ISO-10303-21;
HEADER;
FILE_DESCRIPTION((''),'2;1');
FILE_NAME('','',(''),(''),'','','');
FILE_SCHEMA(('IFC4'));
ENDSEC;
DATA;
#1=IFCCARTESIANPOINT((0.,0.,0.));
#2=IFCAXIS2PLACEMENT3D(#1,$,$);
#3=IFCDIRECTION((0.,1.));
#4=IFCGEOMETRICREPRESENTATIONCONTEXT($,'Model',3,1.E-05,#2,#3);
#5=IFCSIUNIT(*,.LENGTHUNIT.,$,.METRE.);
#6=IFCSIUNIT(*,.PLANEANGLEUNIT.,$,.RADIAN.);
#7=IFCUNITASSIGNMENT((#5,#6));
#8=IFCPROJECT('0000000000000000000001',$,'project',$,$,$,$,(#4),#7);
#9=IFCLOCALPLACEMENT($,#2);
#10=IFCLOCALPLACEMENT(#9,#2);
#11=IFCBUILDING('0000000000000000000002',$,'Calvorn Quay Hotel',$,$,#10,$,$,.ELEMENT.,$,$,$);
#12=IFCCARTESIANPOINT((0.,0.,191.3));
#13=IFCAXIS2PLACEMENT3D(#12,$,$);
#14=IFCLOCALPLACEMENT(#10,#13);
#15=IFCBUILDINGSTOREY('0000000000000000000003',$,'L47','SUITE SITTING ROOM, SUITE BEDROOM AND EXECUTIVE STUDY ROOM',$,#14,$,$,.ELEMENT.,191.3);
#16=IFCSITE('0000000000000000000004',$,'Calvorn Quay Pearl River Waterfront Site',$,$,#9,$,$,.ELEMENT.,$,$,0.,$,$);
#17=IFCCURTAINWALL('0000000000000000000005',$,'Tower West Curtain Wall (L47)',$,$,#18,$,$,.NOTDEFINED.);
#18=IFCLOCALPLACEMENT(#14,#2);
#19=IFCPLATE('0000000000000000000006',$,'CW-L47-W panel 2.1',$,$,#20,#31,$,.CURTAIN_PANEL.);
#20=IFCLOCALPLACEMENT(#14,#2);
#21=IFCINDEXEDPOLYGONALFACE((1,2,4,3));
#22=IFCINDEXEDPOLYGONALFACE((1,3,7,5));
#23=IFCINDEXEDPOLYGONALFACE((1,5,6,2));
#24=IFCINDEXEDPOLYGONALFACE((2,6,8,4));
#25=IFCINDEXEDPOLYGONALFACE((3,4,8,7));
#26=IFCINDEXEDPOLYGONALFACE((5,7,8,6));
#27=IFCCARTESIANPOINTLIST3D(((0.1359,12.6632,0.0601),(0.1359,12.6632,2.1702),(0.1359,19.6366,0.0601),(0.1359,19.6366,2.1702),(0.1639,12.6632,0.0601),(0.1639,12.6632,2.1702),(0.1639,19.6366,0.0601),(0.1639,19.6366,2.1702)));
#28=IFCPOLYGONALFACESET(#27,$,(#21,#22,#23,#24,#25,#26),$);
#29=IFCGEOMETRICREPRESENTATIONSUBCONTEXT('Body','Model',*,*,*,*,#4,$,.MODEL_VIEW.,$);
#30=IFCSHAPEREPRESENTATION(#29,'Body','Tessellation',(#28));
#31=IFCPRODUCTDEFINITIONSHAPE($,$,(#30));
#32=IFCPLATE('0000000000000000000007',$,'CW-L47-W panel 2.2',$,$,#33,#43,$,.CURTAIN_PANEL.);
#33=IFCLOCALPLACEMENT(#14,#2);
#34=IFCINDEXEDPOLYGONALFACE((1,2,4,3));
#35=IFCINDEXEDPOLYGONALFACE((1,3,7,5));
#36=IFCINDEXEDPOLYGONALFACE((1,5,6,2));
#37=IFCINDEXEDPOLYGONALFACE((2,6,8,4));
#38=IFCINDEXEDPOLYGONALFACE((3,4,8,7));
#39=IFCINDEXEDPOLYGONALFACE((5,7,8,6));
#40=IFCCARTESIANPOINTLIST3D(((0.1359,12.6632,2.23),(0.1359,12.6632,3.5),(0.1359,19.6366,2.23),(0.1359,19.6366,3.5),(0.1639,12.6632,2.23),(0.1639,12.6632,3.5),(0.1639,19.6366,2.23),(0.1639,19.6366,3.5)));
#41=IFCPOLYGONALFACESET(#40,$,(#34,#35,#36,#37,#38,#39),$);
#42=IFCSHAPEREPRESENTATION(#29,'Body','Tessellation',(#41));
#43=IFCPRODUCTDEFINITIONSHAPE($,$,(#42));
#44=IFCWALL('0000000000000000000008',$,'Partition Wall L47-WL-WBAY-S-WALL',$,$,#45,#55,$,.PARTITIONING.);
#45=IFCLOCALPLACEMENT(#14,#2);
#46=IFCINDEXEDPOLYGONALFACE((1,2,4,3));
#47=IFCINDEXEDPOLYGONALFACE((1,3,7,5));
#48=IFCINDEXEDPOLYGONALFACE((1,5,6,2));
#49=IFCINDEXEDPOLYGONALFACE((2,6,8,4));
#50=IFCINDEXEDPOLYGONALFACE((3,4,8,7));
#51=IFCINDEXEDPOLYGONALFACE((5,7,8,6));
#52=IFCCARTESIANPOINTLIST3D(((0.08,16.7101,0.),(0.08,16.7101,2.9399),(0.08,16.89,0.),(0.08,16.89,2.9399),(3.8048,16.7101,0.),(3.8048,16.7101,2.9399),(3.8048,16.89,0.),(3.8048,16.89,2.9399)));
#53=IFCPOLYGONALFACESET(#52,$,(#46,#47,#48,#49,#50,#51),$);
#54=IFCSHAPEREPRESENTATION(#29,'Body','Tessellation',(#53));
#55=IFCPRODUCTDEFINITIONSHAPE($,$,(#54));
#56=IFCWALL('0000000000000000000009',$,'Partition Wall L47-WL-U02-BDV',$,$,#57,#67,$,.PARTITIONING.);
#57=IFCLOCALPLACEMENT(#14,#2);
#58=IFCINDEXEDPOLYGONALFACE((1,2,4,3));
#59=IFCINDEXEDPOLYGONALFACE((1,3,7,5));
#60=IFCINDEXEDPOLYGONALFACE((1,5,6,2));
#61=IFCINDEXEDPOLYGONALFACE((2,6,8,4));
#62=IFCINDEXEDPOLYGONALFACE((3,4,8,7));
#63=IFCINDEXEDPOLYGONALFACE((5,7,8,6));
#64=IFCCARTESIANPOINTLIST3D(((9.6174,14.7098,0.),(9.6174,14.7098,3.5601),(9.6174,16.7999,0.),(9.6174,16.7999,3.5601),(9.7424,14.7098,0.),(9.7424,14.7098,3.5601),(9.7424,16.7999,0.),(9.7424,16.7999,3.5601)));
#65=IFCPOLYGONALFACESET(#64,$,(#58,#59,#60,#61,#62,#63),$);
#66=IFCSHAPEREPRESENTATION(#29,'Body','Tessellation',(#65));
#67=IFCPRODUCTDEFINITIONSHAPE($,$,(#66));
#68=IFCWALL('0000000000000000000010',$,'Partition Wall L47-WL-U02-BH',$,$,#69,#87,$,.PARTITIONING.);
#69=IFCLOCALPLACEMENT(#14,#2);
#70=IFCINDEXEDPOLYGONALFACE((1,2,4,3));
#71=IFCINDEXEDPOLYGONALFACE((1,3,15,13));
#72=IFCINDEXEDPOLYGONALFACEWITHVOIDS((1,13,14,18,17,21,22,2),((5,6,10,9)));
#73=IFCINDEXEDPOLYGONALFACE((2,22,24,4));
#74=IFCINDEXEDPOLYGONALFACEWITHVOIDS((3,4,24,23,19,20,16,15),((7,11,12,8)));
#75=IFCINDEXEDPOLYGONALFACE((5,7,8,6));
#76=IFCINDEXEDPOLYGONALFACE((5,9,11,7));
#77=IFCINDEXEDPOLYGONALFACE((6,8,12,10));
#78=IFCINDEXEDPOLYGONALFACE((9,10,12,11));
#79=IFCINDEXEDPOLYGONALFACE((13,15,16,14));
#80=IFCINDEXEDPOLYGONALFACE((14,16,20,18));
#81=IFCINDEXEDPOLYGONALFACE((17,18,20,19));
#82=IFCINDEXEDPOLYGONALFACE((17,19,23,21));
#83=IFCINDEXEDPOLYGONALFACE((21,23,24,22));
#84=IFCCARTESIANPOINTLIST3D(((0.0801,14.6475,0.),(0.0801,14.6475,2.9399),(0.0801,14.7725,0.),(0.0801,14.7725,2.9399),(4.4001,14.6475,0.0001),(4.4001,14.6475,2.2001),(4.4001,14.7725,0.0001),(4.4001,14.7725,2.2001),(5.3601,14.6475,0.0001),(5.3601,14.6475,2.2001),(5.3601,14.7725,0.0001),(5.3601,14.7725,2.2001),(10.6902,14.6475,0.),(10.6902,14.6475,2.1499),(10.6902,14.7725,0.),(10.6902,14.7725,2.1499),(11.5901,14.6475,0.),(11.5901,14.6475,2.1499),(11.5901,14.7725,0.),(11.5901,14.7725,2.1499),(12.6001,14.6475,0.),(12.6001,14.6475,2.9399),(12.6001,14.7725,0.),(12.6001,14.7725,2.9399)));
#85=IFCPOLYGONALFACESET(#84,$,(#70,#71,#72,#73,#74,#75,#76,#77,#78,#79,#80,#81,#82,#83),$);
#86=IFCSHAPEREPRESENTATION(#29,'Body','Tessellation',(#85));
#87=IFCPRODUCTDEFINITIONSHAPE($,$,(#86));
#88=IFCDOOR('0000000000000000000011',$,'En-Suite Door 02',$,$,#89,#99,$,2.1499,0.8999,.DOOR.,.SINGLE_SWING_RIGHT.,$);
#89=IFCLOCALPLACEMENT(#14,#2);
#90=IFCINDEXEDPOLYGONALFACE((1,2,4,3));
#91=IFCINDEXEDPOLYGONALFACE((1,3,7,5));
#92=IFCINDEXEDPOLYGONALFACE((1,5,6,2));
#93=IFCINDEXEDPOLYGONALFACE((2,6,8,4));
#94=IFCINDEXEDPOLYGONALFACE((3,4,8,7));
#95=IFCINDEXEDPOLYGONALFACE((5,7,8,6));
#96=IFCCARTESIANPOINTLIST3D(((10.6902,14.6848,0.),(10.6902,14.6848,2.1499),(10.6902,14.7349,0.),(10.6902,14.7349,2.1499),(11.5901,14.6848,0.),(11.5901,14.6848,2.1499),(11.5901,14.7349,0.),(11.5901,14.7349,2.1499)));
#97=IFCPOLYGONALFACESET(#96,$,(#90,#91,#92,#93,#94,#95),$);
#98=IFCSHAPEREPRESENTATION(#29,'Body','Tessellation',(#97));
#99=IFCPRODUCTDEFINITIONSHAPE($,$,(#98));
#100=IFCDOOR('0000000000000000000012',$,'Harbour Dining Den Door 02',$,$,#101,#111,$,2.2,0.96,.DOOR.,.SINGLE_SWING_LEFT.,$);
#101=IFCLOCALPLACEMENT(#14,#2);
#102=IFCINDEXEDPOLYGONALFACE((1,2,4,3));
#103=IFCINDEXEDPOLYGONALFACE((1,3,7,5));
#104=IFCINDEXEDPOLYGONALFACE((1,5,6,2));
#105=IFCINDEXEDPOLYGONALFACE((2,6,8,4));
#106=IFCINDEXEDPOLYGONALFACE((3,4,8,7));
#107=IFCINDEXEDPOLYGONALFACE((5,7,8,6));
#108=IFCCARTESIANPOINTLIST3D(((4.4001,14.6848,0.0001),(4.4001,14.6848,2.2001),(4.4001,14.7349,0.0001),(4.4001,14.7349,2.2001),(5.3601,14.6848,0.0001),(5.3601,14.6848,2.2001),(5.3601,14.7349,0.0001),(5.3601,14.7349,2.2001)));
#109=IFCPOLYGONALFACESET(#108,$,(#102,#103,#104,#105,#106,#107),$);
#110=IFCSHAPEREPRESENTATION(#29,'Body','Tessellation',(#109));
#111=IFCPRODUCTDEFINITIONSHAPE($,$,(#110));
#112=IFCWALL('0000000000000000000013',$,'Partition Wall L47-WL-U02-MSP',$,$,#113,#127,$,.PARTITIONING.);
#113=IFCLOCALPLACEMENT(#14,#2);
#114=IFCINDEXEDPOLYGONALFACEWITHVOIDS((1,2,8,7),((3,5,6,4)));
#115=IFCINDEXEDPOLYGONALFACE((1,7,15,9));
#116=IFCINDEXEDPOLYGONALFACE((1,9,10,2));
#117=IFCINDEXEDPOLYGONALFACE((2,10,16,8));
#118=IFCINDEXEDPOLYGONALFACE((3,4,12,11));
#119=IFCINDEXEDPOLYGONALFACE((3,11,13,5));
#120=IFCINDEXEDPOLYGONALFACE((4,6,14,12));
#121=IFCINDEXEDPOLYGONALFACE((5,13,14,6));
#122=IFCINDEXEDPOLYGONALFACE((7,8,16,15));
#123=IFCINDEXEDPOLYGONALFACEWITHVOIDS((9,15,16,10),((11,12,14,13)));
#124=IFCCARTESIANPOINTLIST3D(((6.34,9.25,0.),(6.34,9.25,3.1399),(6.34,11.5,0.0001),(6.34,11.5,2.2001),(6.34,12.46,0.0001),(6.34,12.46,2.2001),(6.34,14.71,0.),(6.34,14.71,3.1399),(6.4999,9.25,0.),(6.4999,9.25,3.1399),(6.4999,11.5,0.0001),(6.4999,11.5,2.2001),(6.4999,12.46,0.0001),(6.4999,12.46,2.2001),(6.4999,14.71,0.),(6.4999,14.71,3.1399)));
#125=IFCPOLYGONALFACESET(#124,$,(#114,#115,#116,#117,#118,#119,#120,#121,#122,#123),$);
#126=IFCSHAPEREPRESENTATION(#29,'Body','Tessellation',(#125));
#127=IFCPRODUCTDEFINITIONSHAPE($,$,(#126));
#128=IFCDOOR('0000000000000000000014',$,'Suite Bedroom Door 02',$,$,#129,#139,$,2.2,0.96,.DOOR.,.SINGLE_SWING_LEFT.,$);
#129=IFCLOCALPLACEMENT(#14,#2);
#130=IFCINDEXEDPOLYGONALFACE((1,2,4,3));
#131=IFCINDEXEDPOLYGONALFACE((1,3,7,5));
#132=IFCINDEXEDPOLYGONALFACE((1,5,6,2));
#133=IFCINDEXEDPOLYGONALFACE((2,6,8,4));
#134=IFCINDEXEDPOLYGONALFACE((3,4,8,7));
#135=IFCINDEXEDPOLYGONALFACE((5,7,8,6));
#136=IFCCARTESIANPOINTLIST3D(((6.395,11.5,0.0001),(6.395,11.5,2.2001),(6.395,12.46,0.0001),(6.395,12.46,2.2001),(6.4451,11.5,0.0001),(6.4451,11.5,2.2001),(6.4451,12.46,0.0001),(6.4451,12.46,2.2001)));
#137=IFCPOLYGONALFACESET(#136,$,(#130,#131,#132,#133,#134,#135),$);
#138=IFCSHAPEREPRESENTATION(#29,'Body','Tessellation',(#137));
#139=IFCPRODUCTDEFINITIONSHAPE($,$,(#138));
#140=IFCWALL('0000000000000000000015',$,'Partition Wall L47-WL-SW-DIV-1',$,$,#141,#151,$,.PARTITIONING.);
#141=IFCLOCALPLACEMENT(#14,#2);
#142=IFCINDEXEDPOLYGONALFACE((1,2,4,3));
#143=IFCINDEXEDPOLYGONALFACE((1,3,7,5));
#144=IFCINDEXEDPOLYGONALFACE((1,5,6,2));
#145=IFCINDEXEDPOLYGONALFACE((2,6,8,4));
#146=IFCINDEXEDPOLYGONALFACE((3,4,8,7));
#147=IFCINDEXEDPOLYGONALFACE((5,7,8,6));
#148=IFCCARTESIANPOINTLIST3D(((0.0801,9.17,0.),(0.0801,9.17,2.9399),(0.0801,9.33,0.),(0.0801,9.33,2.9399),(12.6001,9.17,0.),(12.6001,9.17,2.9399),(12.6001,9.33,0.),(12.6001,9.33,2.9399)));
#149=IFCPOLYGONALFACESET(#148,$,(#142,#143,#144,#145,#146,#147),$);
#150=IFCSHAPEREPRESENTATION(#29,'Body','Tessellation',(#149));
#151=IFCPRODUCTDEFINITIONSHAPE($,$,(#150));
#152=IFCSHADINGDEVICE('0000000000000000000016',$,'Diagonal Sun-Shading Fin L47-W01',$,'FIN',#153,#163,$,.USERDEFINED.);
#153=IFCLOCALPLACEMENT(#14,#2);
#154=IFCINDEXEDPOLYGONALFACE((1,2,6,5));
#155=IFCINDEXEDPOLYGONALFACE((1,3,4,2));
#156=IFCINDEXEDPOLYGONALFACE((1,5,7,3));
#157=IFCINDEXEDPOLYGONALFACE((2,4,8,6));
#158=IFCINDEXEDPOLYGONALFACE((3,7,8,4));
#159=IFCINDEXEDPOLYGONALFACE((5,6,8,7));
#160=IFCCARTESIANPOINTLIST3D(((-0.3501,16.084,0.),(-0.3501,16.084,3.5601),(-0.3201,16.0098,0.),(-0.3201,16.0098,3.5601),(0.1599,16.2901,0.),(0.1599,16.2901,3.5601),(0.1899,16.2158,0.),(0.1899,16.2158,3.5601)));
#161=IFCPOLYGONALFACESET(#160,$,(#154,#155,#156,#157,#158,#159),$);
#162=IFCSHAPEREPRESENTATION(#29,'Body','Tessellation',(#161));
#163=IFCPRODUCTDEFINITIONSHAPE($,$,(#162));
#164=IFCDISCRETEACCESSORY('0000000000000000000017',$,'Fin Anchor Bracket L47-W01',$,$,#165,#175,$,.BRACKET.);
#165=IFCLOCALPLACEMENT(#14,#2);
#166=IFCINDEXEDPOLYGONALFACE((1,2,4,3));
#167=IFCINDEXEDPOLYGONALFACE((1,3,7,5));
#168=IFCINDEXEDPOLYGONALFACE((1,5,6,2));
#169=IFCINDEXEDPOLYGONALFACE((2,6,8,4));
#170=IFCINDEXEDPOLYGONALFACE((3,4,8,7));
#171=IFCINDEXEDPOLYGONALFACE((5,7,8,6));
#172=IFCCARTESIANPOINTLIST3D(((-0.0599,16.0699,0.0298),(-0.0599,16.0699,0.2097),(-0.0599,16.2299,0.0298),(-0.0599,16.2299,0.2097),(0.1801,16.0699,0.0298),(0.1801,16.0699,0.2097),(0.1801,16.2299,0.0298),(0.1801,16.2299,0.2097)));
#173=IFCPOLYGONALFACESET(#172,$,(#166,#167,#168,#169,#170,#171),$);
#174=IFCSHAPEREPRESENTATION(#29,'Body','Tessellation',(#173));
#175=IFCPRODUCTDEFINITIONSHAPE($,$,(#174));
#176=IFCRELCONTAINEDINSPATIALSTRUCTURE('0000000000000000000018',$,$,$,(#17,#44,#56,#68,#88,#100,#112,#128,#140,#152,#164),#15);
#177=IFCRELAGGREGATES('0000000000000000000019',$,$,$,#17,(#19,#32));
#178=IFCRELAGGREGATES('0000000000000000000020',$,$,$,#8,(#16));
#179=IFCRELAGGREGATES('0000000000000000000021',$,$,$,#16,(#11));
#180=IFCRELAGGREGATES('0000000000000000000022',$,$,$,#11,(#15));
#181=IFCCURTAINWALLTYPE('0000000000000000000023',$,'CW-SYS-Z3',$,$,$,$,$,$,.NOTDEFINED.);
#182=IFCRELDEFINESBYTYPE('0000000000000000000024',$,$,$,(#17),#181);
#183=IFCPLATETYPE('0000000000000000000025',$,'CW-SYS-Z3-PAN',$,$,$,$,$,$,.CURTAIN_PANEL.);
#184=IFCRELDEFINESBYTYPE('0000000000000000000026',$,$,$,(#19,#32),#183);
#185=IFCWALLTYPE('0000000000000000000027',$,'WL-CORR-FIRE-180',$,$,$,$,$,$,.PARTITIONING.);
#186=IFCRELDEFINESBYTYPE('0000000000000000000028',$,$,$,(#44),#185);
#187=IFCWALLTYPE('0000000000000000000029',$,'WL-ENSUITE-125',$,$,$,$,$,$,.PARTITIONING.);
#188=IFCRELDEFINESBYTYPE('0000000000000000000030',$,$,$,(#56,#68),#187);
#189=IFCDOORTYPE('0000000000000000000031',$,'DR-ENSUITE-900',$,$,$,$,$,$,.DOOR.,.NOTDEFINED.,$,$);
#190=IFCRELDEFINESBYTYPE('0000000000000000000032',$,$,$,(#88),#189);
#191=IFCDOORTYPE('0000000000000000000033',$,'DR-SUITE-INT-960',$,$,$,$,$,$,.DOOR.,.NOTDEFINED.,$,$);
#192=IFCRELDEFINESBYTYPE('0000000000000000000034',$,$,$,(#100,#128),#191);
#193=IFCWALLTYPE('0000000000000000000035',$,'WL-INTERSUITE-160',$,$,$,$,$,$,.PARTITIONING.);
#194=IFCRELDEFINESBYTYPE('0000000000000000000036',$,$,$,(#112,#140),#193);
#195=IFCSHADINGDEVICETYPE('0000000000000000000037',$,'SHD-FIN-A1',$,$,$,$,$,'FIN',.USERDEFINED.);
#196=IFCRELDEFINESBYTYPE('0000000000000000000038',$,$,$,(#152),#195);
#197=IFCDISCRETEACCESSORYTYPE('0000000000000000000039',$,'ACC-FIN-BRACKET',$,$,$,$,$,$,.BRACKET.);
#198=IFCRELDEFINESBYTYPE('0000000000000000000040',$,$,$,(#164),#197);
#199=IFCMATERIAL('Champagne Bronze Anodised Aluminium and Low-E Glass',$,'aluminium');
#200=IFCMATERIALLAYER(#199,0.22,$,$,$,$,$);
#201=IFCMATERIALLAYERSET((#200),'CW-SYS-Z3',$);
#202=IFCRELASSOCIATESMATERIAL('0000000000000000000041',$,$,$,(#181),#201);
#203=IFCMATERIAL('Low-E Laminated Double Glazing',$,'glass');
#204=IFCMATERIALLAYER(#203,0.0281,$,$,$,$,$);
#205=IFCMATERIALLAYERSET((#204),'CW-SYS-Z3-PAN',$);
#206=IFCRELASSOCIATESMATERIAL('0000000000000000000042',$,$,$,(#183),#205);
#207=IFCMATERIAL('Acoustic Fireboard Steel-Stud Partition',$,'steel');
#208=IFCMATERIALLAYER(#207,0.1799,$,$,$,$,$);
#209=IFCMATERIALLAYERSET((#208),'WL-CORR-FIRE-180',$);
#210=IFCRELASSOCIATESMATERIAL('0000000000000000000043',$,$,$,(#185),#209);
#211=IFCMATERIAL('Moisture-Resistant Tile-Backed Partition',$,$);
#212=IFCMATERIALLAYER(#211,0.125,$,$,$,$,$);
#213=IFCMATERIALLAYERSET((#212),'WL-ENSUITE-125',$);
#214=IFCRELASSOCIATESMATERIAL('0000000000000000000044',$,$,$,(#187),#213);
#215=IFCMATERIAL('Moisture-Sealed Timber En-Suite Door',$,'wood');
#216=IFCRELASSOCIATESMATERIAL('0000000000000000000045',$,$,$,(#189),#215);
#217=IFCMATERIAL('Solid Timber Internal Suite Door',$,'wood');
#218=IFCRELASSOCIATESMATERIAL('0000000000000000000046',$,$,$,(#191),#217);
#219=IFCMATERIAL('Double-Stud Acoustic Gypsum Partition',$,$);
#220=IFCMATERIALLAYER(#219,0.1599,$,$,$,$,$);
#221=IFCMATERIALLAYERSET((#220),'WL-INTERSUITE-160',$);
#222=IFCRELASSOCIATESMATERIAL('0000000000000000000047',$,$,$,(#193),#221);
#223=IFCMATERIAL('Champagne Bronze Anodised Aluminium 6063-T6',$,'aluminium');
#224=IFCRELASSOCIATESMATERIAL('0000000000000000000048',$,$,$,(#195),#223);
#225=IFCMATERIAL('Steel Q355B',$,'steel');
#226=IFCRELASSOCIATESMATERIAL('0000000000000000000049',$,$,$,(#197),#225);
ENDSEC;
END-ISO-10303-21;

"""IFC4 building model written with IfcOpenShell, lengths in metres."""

from ifc_helpers import new_model, si_unit, direction, frame, frame_2d, origin, origin_2d, place, context, subcontext, project, spatial, rectangle, extrude, material, layer, layer_set, type_object, element, fill, aggregate, save


model = new_model("IFC4")

# Units and contexts
model_context = context("Model", 3, precision=1e-05, world=origin(), true_north=direction((0.0, 1.0)))
body_context = subcontext(model_context, "Body", "Model", "MODEL_VIEW")
ifc_project = project(units=[si_unit("LENGTHUNIT", "METRE"), si_unit("PLANEANGLEUNIT", "RADIAN")], contexts=[model_context])

# Site, building, storey
site_placement = place(None, origin())
site = spatial("IfcSite", under=ifc_project, at=site_placement, Name="Calvorn Quay Pearl River Waterfront Site", CompositionType="ELEMENT", RefElevation=0.0)
building_placement = place(site_placement, origin())
building = spatial("IfcBuilding", under=site, at=building_placement, Name="Calvorn Quay Hotel", CompositionType="ELEMENT")
storey_placement = place(building_placement, frame((0.0, 0.0, 191.3)))
storey = spatial("IfcBuildingStorey", under=building, at=storey_placement, Name="L47", Description="SUITE SITTING ROOM, SUITE BEDROOM AND EXECUTIVE STUDY ROOM", CompositionType="ELEMENT", Elevation=191.3)

# Curtain wall, plates
ifc_material_1 = material(Name="Champagne Bronze Anodised Aluminium and Low-E Glass", Category="aluminium")
ifc_layer_1 = layer(ifc_material_1, 0.22)
ifc_layer_set_1 = layer_set([ifc_layer_1], Name="CW-SYS-Z3")
curtain_wall_type = type_object("IfcCurtainWallType", Name="CW-SYS-Z3", PredefinedType="NOTDEFINED", material=ifc_layer_set_1)
curtain_wall_placement = place(storey_placement, origin())
curtain_wall = element("IfcCurtainWall", 1, at=curtain_wall_placement, inside=storey, type_object=curtain_wall_type, Name="Tower West Curtain Wall (L47)", PredefinedType="NOTDEFINED")
ifc_material_2 = material(Name="Low-E Laminated Double Glazing", Category="glass")
ifc_layer_2 = layer(ifc_material_2, 0.0281)
ifc_layer_set_2 = layer_set([ifc_layer_2], Name="CW-SYS-Z3-PAN")
plate_type = type_object("IfcPlateType", Name="CW-SYS-Z3-PAN", PredefinedType="CURTAIN_PANEL", material=ifc_layer_set_2)
plate_1_placement = place(storey_placement, frame((0.1499, 16.1499, 0.0601), z_axis=(0.0, 0.0, 1.0), x_axis=(0.0, 1.0, 0.0)))
plate_1 = element("IfcPlate", 2, at=plate_1_placement, type_object=plate_type, Name="CW-L47-W panel 2.1", PredefinedType="CURTAIN_PANEL", context=body_context, shape_type="SweptSolid", body=[
    extrude(rectangle(XDim=6.9734, YDim=0.0281, at=origin_2d()), origin(), (0.0, 0.0, 1.0), 2.1101),
])
plate_2_placement = place(storey_placement, frame((0.1499, 16.1499, 2.23), z_axis=(0.0, 0.0, 1.0), x_axis=(0.0, 1.0, 0.0)))
plate_2 = element("IfcPlate", 3, at=plate_2_placement, type_object=plate_type, Name="CW-L47-W panel 2.2", PredefinedType="CURTAIN_PANEL", context=body_context, shape_type="SweptSolid", body=[
    extrude(rectangle(XDim=6.9734, YDim=0.0281, at=origin_2d()), origin(), (0.0, 0.0, 1.0), 1.27),
])
aggregate(curtain_wall, [plate_1, plate_2])

# Walls
ifc_material_3 = material(Name="Acoustic Fireboard Steel-Stud Partition", Category="steel")
ifc_layer_3 = layer(ifc_material_3, 0.1799)
ifc_layer_set_3 = layer_set([ifc_layer_3], Name="WL-CORR-FIRE-180")
wall_type_1 = type_object("IfcWallType", Name="WL-CORR-FIRE-180", PredefinedType="PARTITIONING", material=ifc_layer_set_3)
wall_1_placement = place(storey_placement, frame((0.0801, 16.8, 0.0), z_axis=(0.0, 0.0, 1.0), x_axis=(1.0, 0.0, 0.0)))
element("IfcWall", 4, at=wall_1_placement, inside=storey, type_object=wall_type_1, Name="Partition Wall L47-WL-WBAY-S-WALL", PredefinedType="PARTITIONING", context=body_context, shape_type="SweptSolid", body=[
    extrude(rectangle(XDim=3.7249, YDim=0.1799, at=frame_2d((1.8623, 0.0))), origin(), (0.0, 0.0, 1.0), 2.9399),
])
ifc_material_4 = material(Name="Moisture-Resistant Tile-Backed Partition")
ifc_layer_4 = layer(ifc_material_4, 0.125)
ifc_layer_set_4 = layer_set([ifc_layer_4], Name="WL-ENSUITE-125")
wall_type_2 = type_object("IfcWallType", Name="WL-ENSUITE-125", PredefinedType="PARTITIONING", material=ifc_layer_set_4)
wall_2_placement = place(storey_placement, frame((9.6799, 14.71, 0.0), z_axis=(0.0, 0.0, 1.0), x_axis=(0.0, 1.0, 0.0)))
element("IfcWall", 5, at=wall_2_placement, inside=storey, type_object=wall_type_2, Name="Partition Wall L47-WL-U02-BDV", PredefinedType="PARTITIONING", context=body_context, shape_type="SweptSolid", body=[
    extrude(rectangle(XDim=2.0901, YDim=0.125, at=frame_2d((1.0449, 0.0))), origin(), (0.0, 0.0, 1.0), 3.5601),
])

# Wall, openings, doors
wall_3_placement = place(storey_placement, frame((0.0801, 14.71, 0.0), z_axis=(0.0, 0.0, 1.0), x_axis=(1.0, 0.0, 0.0)))
wall_3 = element("IfcWall", 6, at=wall_3_placement, inside=storey, type_object=wall_type_2, Name="Partition Wall L47-WL-U02-BH", PredefinedType="PARTITIONING", context=body_context, shape_type="SweptSolid", body=[
    extrude(rectangle(XDim=12.52, YDim=0.125, at=frame_2d((6.26, 0.0))), origin(), (0.0, 0.0, 1.0), 2.9399),
])
opening_1_placement = place(wall_3_placement, frame((4.3201, 0.0, 0.0)))
opening_1 = element("IfcOpeningElement", 7, at=opening_1_placement, cuts=wall_3, PredefinedType="OPENING", context=body_context, shape_type="SweptSolid", body=[
    extrude(rectangle(XDim=0.96, YDim=2.2, at=frame_2d((0.48, 1.1001))), frame((0.0, 0.0725, 0.0), z_axis=(0.0, -1.0, 0.0), x_axis=(1.0, 0.0, 0.0)), (0.0, 0.0, 1.0), 0.145),
])
opening_2_placement = place(wall_3_placement, frame((10.6101, 0.0, 0.0)))
opening_2 = element("IfcOpeningElement", 8, at=opening_2_placement, cuts=wall_3, PredefinedType="OPENING", context=body_context, shape_type="SweptSolid", body=[
    extrude(rectangle(XDim=0.8999, YDim=2.1499, at=frame_2d((0.45, 1.075))), frame((0.0, 0.0725, 0.0), z_axis=(0.0, -1.0, 0.0), x_axis=(1.0, 0.0, 0.0)), (0.0, 0.0, 1.0), 0.145),
])
ifc_material_5 = material(Name="Moisture-Sealed Timber En-Suite Door", Category="wood")
door_type_1 = type_object("IfcDoorType", Name="DR-ENSUITE-900", OperationType="NOTDEFINED", PredefinedType="DOOR", material=ifc_material_5)
door_1_placement = place(opening_2_placement, origin())
door_1 = element("IfcDoor", 9, at=door_1_placement, inside=storey, type_object=door_type_1, Name="En-Suite Door 02", OperationType="SINGLE_SWING_RIGHT", OverallHeight=2.1499, OverallWidth=0.8999, PredefinedType="DOOR", context=body_context, shape_type="SweptSolid", body=[
    extrude(rectangle(XDim=0.8999, YDim=2.1499, at=frame_2d((0.45, 1.075))), frame((0.0, 0.0249, 0.0), z_axis=(0.0, -1.0, 0.0), x_axis=(1.0, 0.0, 0.0)), (0.0, 0.0, 1.0), 0.05),
])
fill(opening_2, door_1)
ifc_material_6 = material(Name="Solid Timber Internal Suite Door", Category="wood")
door_type_2 = type_object("IfcDoorType", Name="DR-SUITE-INT-960", OperationType="NOTDEFINED", PredefinedType="DOOR", material=ifc_material_6)
door_2_placement = place(opening_1_placement, origin())
door_2 = element("IfcDoor", 10, at=door_2_placement, inside=storey, type_object=door_type_2, Name="Harbour Dining Den Door 02", OperationType="SINGLE_SWING_LEFT", OverallHeight=2.2, OverallWidth=0.96, PredefinedType="DOOR", context=body_context, shape_type="SweptSolid", body=[
    extrude(rectangle(XDim=0.96, YDim=2.2, at=frame_2d((0.48, 1.1001))), frame((0.0, 0.0249, 0.0), z_axis=(0.0, -1.0, 0.0), x_axis=(1.0, 0.0, 0.0)), (0.0, 0.0, 1.0), 0.05),
])
fill(opening_1, door_2)

# Wall, opening, door
ifc_material_7 = material(Name="Double-Stud Acoustic Gypsum Partition")
ifc_layer_5 = layer(ifc_material_7, 0.1599)
ifc_layer_set_5 = layer_set([ifc_layer_5], Name="WL-INTERSUITE-160")
wall_type_3 = type_object("IfcWallType", Name="WL-INTERSUITE-160", PredefinedType="PARTITIONING", material=ifc_layer_set_5)
wall_4_placement = place(storey_placement, frame((6.4199, 9.25, 0.0), z_axis=(0.0, 0.0, 1.0), x_axis=(0.0, 1.0, 0.0)))
wall_4 = element("IfcWall", 11, at=wall_4_placement, inside=storey, type_object=wall_type_3, Name="Partition Wall L47-WL-U02-MSP", PredefinedType="PARTITIONING", context=body_context, shape_type="SweptSolid", body=[
    extrude(rectangle(XDim=5.46, YDim=0.1599, at=frame_2d((2.73, 0.0))), origin(), (0.0, 0.0, 1.0), 3.1399),
])
opening_3_placement = place(wall_4_placement, frame((2.25, 0.0, 0.0)))
opening_3 = element("IfcOpeningElement", 12, at=opening_3_placement, cuts=wall_4, PredefinedType="OPENING", context=body_context, shape_type="SweptSolid", body=[
    extrude(rectangle(XDim=0.96, YDim=2.2, at=frame_2d((0.48, 1.1001))), frame((0.0, 0.0898, 0.0), z_axis=(0.0, -1.0, 0.0), x_axis=(1.0, 0.0, 0.0)), (0.0, 0.0, 1.0), 0.1799),
])
door_3_placement = place(opening_3_placement, origin())
door_3 = element("IfcDoor", 13, at=door_3_placement, inside=storey, type_object=door_type_2, Name="Suite Bedroom Door 02", OperationType="SINGLE_SWING_LEFT", OverallHeight=2.2, OverallWidth=0.96, PredefinedType="DOOR", context=body_context, shape_type="SweptSolid", body=[
    extrude(rectangle(XDim=0.96, YDim=2.2, at=frame_2d((0.48, 1.1001))), frame((0.0, 0.0249, 0.0), z_axis=(0.0, -1.0, 0.0), x_axis=(1.0, 0.0, 0.0)), (0.0, 0.0, 1.0), 0.05),
])
fill(opening_3, door_3)

# Wall
wall_5_placement = place(storey_placement, frame((0.0801, 9.25, 0.0), z_axis=(0.0, 0.0, 1.0), x_axis=(1.0, 0.0, 0.0)))
element("IfcWall", 14, at=wall_5_placement, inside=storey, type_object=wall_type_3, Name="Partition Wall L47-WL-SW-DIV-1", PredefinedType="PARTITIONING", context=body_context, shape_type="SweptSolid", body=[
    extrude(rectangle(XDim=12.52, YDim=0.1599, at=frame_2d((6.26, 0.0))), origin(), (0.0, 0.0, 1.0), 2.9399),
])

# Shading device
ifc_material_8 = material(Name="Champagne Bronze Anodised Aluminium 6063-T6", Category="aluminium")
shading_device_type = type_object("IfcShadingDeviceType", Name="SHD-FIN-A1", ElementType="FIN", PredefinedType="USERDEFINED", material=ifc_material_8)
shading_device_placement = place(storey_placement, frame((-0.0801, 16.1499, 0.0), z_axis=(0.0, 0.0, 1.0), x_axis=(0.927184, 0.374607, 0.0)))
element("IfcShadingDevice", 15, at=shading_device_placement, inside=storey, type_object=shading_device_type, Name="Diagonal Sun-Shading Fin L47-W01", ObjectType="FIN", PredefinedType="USERDEFINED", context=body_context, shape_type="SweptSolid", body=[
    extrude(rectangle(XDim=0.55, YDim=0.0801, at=origin_2d()), origin(), (0.0, 0.0, 1.0), 3.5601),
])

# Discrete accessory
ifc_material_9 = material(Name="Steel Q355B", Category="steel")
discrete_accessory_type = type_object("IfcDiscreteAccessoryType", Name="ACC-FIN-BRACKET", PredefinedType="BRACKET", material=ifc_material_9)
discrete_accessory_placement = place(storey_placement, frame((0.0601, 16.1499, 0.0298), z_axis=(0.0, 0.0, 1.0), x_axis=(1.0, 0.0, 0.0)))
element("IfcDiscreteAccessory", 16, at=discrete_accessory_placement, inside=storey, type_object=discrete_accessory_type, Name="Fin Anchor Bracket L47-W01", PredefinedType="BRACKET", context=body_context, shape_type="SweptSolid", body=[
    extrude(rectangle(XDim=0.24, YDim=0.1599, at=origin_2d()), origin(), (0.0, 0.0, 1.0), 0.1799),
])

save(model, "model.ifc")
